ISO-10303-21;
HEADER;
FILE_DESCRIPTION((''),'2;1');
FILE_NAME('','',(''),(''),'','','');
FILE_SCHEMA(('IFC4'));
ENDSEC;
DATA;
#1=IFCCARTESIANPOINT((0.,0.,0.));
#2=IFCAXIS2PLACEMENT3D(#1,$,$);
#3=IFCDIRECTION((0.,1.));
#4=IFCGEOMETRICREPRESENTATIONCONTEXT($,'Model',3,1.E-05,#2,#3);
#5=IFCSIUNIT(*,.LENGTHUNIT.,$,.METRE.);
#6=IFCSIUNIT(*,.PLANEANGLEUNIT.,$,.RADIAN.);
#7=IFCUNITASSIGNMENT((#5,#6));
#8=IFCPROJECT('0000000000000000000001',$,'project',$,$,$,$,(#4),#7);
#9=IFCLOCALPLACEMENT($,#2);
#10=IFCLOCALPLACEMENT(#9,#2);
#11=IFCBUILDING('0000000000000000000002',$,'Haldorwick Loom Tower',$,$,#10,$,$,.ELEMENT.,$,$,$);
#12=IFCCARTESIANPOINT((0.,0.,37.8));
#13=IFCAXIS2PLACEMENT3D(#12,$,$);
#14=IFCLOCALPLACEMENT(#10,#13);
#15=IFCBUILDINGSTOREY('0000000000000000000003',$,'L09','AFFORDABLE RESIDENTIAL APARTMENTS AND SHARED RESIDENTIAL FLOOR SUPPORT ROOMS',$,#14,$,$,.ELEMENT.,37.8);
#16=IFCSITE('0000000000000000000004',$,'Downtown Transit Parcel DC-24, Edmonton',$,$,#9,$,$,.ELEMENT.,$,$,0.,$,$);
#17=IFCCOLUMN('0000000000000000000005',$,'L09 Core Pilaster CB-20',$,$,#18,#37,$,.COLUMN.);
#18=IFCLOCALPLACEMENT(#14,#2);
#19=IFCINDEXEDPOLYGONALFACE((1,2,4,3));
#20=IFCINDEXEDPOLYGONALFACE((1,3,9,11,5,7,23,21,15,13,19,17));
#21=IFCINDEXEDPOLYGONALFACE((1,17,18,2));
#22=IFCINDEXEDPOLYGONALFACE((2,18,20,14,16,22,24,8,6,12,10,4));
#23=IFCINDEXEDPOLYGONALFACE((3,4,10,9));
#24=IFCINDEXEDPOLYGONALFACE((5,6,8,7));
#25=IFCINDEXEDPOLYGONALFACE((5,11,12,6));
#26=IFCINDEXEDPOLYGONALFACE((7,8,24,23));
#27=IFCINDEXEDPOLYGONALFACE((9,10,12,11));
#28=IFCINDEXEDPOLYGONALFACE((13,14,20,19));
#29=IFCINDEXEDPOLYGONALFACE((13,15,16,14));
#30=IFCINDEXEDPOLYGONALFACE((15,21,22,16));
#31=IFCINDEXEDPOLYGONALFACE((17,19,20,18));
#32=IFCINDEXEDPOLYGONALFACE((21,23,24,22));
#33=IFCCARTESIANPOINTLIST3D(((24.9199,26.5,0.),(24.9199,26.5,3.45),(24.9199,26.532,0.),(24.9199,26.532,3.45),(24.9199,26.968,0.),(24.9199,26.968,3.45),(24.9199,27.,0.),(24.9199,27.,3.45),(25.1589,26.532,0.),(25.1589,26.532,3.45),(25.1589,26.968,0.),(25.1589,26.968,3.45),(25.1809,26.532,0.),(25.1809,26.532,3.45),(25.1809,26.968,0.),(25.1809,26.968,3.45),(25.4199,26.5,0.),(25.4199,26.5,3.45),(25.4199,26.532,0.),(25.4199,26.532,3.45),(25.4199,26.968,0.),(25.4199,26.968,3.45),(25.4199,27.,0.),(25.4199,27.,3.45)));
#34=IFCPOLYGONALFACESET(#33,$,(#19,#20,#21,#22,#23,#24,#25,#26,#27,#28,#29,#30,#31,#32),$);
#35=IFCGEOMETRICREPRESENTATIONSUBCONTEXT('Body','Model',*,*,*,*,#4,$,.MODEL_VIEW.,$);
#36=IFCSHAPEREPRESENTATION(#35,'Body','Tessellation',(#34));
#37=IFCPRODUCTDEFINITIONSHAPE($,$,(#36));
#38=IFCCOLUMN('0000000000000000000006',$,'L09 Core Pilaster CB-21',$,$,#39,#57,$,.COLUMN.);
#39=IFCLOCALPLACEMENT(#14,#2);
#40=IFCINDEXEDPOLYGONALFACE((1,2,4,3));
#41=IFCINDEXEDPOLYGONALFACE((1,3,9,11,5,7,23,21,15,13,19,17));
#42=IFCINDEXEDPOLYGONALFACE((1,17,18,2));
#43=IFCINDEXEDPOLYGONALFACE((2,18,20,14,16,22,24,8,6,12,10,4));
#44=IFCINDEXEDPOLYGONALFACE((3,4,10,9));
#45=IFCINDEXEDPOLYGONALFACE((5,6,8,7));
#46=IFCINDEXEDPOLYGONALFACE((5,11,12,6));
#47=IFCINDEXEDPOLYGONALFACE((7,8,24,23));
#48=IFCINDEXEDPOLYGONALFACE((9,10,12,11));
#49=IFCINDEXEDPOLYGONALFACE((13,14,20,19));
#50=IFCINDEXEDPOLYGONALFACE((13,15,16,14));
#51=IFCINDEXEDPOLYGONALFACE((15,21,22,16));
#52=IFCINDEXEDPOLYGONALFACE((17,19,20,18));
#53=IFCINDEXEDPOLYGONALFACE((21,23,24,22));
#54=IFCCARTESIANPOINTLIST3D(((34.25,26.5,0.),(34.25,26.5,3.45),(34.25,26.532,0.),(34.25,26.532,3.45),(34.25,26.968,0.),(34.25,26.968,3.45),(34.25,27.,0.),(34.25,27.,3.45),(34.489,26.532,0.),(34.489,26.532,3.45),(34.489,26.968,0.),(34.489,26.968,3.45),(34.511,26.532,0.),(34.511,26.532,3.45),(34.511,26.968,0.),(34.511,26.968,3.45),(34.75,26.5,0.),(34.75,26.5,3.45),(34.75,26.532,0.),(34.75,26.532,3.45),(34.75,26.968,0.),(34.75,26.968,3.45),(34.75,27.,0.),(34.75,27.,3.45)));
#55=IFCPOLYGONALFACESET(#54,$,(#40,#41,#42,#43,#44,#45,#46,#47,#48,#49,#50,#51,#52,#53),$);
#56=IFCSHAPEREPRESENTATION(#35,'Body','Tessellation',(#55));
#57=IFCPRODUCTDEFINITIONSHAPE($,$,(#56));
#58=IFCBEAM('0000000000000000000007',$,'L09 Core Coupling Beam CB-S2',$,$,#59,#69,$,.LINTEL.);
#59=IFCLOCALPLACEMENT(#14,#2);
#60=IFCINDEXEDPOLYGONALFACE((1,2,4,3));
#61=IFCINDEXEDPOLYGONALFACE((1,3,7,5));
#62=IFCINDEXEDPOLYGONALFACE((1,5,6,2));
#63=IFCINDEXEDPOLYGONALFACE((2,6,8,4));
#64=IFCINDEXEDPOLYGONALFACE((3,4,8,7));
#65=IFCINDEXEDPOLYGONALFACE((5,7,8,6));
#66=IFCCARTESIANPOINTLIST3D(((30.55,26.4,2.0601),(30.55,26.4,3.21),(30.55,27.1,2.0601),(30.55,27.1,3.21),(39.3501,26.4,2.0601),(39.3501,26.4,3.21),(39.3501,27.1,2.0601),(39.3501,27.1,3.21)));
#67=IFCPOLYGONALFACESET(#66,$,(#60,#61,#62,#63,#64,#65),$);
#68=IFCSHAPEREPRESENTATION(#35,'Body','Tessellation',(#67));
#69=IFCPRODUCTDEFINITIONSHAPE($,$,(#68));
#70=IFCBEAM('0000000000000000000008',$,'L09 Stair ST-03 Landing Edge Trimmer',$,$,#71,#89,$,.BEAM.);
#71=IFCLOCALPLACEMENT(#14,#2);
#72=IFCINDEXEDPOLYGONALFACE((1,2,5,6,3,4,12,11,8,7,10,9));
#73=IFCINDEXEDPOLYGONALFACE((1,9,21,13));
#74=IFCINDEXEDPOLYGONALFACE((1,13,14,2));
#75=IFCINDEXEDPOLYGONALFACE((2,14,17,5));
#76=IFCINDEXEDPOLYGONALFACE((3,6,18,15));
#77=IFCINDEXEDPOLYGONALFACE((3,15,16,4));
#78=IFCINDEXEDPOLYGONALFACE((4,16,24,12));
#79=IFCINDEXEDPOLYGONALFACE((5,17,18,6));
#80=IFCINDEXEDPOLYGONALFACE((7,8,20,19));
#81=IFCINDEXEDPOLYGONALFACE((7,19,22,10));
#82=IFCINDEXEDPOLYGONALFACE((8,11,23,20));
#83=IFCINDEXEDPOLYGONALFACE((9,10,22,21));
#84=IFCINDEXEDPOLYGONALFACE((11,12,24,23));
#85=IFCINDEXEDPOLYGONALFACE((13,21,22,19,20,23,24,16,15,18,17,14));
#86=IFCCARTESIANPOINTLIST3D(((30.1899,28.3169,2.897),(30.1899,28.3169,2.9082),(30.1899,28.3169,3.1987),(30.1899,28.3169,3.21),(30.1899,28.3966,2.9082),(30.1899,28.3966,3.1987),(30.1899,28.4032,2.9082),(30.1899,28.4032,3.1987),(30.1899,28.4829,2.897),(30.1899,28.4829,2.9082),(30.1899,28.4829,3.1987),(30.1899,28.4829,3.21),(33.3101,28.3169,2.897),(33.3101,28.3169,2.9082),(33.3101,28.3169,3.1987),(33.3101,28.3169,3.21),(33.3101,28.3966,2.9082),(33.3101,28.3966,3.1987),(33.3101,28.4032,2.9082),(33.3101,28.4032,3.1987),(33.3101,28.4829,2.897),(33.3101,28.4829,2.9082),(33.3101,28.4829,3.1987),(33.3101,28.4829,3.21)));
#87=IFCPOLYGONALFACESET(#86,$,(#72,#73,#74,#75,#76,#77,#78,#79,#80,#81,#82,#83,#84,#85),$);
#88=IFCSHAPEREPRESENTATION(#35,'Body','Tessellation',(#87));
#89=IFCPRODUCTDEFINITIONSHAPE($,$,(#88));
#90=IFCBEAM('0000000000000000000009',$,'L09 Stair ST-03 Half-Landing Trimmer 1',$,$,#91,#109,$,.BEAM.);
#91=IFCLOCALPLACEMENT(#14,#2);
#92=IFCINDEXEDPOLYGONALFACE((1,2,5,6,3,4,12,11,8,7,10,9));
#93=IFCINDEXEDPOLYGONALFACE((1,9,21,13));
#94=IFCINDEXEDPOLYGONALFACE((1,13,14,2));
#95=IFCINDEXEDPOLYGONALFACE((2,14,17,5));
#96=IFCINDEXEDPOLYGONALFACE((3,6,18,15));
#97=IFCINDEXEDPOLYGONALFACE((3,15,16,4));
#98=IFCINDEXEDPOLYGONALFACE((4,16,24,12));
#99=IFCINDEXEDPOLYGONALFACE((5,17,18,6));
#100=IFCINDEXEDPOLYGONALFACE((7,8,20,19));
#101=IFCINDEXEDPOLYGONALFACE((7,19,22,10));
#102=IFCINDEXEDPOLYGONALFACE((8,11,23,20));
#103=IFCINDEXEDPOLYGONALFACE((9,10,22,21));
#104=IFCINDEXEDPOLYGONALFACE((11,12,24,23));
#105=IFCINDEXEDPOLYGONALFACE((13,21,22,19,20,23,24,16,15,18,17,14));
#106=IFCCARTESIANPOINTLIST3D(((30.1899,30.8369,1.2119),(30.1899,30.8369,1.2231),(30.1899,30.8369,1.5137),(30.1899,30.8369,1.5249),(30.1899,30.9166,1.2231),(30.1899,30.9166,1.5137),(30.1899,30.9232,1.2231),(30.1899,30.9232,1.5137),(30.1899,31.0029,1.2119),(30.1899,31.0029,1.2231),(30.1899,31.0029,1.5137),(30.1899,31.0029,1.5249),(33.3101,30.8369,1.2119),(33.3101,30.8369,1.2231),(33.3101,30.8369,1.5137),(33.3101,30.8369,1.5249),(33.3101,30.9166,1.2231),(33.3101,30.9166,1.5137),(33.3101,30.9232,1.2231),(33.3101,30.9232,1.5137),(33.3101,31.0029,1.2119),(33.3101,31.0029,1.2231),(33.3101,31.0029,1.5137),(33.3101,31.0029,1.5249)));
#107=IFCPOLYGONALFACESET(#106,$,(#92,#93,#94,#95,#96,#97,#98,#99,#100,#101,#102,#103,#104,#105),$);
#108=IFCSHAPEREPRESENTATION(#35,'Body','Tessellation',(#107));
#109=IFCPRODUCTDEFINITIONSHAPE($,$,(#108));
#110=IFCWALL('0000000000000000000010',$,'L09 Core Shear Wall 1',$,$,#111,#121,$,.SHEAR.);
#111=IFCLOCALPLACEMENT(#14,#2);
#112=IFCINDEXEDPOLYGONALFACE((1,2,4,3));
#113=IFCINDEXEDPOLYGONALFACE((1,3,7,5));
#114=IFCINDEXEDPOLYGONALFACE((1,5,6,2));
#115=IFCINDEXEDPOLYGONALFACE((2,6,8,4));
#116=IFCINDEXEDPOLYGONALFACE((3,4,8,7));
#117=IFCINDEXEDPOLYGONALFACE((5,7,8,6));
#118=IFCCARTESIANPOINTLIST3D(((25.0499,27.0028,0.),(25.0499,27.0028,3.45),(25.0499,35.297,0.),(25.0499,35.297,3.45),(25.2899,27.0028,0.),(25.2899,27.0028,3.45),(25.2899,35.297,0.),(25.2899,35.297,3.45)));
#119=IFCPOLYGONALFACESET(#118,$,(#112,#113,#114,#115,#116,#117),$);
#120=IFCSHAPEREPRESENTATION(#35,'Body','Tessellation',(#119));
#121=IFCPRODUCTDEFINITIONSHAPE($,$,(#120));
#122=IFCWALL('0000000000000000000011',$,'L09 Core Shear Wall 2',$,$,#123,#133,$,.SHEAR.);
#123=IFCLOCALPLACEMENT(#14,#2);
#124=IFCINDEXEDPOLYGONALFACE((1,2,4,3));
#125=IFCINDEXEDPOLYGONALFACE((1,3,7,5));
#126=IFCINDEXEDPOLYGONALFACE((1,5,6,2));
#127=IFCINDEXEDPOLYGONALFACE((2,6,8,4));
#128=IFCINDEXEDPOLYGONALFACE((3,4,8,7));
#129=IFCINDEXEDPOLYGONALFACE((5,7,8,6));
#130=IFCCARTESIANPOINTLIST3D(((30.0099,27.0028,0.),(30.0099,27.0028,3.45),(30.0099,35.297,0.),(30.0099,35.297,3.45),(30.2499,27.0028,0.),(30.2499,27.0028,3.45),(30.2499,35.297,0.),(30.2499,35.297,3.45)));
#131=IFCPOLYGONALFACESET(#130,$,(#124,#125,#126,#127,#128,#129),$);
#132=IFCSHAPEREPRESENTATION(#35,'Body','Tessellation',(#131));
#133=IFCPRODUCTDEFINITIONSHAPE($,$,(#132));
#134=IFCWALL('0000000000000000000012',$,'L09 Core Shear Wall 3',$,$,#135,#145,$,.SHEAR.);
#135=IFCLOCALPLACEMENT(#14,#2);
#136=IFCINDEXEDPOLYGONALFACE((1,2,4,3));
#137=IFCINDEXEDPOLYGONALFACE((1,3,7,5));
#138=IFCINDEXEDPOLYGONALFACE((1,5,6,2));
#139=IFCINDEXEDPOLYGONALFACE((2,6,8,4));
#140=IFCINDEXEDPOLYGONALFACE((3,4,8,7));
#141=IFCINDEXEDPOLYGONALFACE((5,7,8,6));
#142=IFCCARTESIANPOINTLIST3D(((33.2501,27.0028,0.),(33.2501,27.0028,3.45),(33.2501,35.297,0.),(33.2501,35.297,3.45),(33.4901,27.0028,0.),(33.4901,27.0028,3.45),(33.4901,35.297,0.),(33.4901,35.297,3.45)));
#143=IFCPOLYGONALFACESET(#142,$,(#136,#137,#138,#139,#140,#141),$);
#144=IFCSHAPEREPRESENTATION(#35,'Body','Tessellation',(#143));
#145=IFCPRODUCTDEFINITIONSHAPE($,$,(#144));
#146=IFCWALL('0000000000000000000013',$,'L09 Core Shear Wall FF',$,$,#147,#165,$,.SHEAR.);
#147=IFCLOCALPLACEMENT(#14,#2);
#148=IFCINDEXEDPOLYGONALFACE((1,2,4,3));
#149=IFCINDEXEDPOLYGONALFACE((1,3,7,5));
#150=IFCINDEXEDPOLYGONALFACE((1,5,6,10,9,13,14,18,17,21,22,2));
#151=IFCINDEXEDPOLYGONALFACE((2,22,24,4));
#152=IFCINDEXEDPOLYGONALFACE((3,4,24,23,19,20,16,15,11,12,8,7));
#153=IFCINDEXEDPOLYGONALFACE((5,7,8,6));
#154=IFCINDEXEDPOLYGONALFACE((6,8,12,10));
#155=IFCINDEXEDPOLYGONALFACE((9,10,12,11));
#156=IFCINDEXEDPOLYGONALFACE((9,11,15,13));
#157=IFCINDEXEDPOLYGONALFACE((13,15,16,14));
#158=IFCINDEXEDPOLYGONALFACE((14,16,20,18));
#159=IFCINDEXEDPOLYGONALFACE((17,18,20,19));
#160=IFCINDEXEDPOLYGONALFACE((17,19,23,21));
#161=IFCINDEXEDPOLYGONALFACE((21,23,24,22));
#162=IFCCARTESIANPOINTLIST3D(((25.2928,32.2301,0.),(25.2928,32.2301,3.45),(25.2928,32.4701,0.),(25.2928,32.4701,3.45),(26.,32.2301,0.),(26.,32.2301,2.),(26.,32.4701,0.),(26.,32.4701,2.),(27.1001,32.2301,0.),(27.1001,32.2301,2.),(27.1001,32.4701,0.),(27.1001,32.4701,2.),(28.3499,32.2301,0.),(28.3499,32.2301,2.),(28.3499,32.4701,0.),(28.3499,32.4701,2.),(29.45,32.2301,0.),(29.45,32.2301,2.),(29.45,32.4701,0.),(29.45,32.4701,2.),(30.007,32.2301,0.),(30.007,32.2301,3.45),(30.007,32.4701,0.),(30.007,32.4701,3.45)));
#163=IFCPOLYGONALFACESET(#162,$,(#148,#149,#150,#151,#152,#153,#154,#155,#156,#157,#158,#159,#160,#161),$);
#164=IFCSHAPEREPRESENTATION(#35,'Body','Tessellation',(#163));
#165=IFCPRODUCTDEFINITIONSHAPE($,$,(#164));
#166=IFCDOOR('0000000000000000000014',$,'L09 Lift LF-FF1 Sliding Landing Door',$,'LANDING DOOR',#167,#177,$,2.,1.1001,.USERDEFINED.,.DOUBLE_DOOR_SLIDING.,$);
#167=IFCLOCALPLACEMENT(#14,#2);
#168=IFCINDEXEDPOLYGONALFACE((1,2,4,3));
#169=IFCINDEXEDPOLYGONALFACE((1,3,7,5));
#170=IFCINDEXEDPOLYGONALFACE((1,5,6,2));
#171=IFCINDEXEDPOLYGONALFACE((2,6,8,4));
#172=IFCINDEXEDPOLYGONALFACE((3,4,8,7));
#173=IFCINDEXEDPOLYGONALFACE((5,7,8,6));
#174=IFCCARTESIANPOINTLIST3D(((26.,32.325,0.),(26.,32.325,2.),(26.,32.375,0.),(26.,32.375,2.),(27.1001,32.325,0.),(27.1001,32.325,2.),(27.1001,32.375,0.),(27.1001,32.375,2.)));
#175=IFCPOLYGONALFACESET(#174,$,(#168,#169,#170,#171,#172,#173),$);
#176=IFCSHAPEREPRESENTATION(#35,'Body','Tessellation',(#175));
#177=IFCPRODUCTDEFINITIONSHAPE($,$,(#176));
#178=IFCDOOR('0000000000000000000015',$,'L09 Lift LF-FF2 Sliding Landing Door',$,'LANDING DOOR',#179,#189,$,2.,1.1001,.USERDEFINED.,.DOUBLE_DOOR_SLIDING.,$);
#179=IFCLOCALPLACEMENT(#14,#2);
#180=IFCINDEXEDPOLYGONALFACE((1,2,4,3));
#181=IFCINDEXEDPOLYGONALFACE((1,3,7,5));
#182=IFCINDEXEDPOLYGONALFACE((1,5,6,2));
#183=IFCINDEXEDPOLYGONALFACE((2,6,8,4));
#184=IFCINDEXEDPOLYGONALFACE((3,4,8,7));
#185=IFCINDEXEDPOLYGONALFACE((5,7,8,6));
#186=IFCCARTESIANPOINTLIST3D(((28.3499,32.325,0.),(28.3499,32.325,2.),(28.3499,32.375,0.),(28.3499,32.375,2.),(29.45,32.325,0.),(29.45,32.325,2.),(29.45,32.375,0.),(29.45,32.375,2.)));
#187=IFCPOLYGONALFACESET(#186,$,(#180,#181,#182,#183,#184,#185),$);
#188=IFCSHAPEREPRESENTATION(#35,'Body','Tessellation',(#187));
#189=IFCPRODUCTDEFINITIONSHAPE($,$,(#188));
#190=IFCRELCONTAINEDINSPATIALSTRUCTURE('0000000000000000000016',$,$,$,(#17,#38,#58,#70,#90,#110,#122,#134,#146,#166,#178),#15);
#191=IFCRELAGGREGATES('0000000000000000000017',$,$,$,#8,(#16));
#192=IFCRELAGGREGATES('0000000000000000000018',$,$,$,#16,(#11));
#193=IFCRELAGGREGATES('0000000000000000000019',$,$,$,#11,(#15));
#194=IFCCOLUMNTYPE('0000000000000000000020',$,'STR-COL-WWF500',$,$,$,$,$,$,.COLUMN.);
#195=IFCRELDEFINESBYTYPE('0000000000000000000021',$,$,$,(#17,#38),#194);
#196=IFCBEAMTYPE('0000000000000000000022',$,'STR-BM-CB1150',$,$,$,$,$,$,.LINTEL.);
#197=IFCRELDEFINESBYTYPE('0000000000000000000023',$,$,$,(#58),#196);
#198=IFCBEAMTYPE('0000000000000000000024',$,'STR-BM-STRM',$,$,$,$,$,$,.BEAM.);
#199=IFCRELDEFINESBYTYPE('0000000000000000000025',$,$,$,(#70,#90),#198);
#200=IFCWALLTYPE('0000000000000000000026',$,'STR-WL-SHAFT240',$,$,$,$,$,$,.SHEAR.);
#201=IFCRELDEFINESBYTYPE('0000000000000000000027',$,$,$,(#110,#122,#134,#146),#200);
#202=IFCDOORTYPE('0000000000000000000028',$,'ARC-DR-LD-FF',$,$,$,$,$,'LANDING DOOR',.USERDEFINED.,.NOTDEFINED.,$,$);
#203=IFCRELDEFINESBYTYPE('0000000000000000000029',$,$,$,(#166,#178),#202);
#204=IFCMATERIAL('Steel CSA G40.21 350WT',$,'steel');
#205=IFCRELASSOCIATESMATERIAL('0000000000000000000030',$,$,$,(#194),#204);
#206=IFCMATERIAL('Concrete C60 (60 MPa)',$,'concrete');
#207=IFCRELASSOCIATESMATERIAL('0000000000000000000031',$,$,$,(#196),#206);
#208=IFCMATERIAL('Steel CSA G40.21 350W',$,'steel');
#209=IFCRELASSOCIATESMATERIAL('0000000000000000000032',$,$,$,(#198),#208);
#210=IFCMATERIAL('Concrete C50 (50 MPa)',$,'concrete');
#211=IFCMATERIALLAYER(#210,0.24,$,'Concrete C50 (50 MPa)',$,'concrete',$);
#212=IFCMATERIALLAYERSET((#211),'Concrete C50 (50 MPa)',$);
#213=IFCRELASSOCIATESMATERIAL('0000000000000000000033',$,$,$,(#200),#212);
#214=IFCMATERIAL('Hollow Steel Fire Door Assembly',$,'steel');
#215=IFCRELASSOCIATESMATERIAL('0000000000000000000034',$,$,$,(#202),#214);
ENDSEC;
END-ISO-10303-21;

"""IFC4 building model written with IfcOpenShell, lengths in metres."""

from ifc_helpers import new_model, si_unit, direction, frame, frame_2d, origin, origin_2d, place, context, subcontext, project, spatial, rectangle, i_section, extrude, material, layer, layer_set, material_profile, profile_set, type_object, element, fill, save


model = new_model("IFC4")

# Units and contexts
model_context = context("Model", 3, precision=1e-05, world=origin(), true_north=direction((0.0, 1.0)))
body_context = subcontext(model_context, "Body", "Model", "MODEL_VIEW")
ifc_project = project(units=[si_unit("LENGTHUNIT", "METRE"), si_unit("PLANEANGLEUNIT", "RADIAN")], contexts=[model_context])

# Site, building, storey
site_placement = place(None, origin())
site = spatial("IfcSite", under=ifc_project, at=site_placement, Name="Downtown Transit Parcel DC-24, Edmonton", CompositionType="ELEMENT", RefElevation=0.0)
building_placement = place(site_placement, origin())
building = spatial("IfcBuilding", under=site, at=building_placement, Name="Haldorwick Loom Tower", CompositionType="ELEMENT")
storey_placement = place(building_placement, frame((0.0, 0.0, 37.8)))
storey = spatial("IfcBuildingStorey", under=building, at=storey_placement, Name="L09", Description="AFFORDABLE RESIDENTIAL APARTMENTS AND SHARED RESIDENTIAL FLOOR SUPPORT ROOMS", CompositionType="ELEMENT", Elevation=37.8)

# Columns
ifc_material_1 = material(Name="Steel CSA G40.21 350WT", Category="steel")
ifc_material_profile_1 = material_profile(ifc_material_1, i_section(OverallWidth=0.5, OverallDepth=0.5, WebThickness=0.022, FlangeThickness=0.032, at=origin_2d()), Name="WWF500X500", Category="steel")
ifc_profile_set_1 = profile_set([ifc_material_profile_1], Name="Steel CSA G40.21 350WT")
column_type = type_object("IfcColumnType", Name="STR-COL-WWF500", PredefinedType="COLUMN", material=ifc_profile_set_1)
for number, where, z_axis, x_axis, name in (
    (1, (25.1699, 26.75, 0.0), (0.0, 0.0, 1.0), (1.0, 0.0, 0.0), "L09 Core Pilaster CB-20"),
    (2, (34.5, 26.75, 0.0), (0.0, 0.0, 1.0), (1.0, 0.0, 0.0), "L09 Core Pilaster CB-21"),
):
    element("IfcColumn", number, at=place(storey_placement, frame(where, z_axis=z_axis, x_axis=x_axis)), inside=storey, type_object=column_type, Name=name, PredefinedType="COLUMN", context=body_context, shape_type="SweptSolid", body=[
        extrude(i_section(OverallWidth=0.5, OverallDepth=0.5, WebThickness=0.022, FlangeThickness=0.032, at=origin_2d()), origin(), (0.0, 0.0, 1.0), 3.45),
    ])

# Beams
ifc_material_2 = material(Name="Concrete C60 (60 MPa)", Category="concrete")
ifc_material_profile_2 = material_profile(ifc_material_2, rectangle(XDim=0.7, YDim=1.1499, at=origin_2d()), Name="RC700X1150", Category="concrete")
ifc_profile_set_2 = profile_set([ifc_material_profile_2], Name="Concrete C60 (60 MPa)")
beam_type_1 = type_object("IfcBeamType", Name="STR-BM-CB1150", PredefinedType="LINTEL", material=ifc_profile_set_2)
beam_placement = place(storey_placement, frame((30.55, 26.75, 2.635), z_axis=(1.0, 0.0, 0.0), x_axis=(0.0, 1.0, 0.0)))
element("IfcBeam", 3, at=beam_placement, inside=storey, type_object=beam_type_1, Name="L09 Core Coupling Beam CB-S2", PredefinedType="LINTEL", context=body_context, shape_type="SweptSolid", body=[
    extrude(rectangle(XDim=0.7, YDim=1.1499, at=origin_2d()), origin(), (0.0, 0.0, 1.0), 8.8),
])
ifc_material_3 = material(Name="Steel CSA G40.21 350W", Category="steel")
ifc_material_profile_3 = material_profile(ifc_material_3, i_section(OverallWidth=0.166, OverallDepth=0.313, WebThickness=0.0066, FlangeThickness=0.0112, at=origin_2d()), Name="W310X45", Category="steel")
ifc_profile_set_3 = profile_set([ifc_material_profile_3], Name="Steel CSA G40.21 350W")
beam_type_2 = type_object("IfcBeamType", Name="STR-BM-STRM", PredefinedType="BEAM", material=ifc_profile_set_3)
for number, where, z_axis, x_axis, name in (
    (4, (30.1899, 28.3999, 3.0535), (1.0, 0.0, 0.0), (0.0, 1.0, 0.0), "L09 Stair ST-03 Landing Edge Trimmer"),
    (5, (30.1899, 30.9199, 1.3684), (1.0, 0.0, 0.0), (0.0, 1.0, 0.0), "L09 Stair ST-03 Half-Landing Trimmer 1"),
):
    element("IfcBeam", number, at=place(storey_placement, frame(where, z_axis=z_axis, x_axis=x_axis)), inside=storey, type_object=beam_type_2, Name=name, PredefinedType="BEAM", context=body_context, shape_type="SweptSolid", body=[
        extrude(i_section(OverallWidth=0.166, OverallDepth=0.313, WebThickness=0.0066, FlangeThickness=0.0112, at=origin_2d()), origin(), (0.0, 0.0, 1.0), 3.1201),
    ])

# Walls
ifc_material_4 = material(Name="Concrete C50 (50 MPa)", Category="concrete")
ifc_layer = layer(ifc_material_4, 0.24, Name="Concrete C50 (50 MPa)", Category="concrete")
ifc_layer_set = layer_set([ifc_layer], Name="Concrete C50 (50 MPa)")
wall_type = type_object("IfcWallType", Name="STR-WL-SHAFT240", PredefinedType="SHEAR", material=ifc_layer_set)
for number, where, z_axis, x_axis, name in (
    (6, (25.1699, 27.0029, 0.0), (0.0, 0.0, 1.0), (0.0, 1.0, 0.0), "L09 Core Shear Wall 1"),
    (7, (30.1299, 27.0029, 0.0), (0.0, 0.0, 1.0), (0.0, 1.0, 0.0), "L09 Core Shear Wall 2"),
    (8, (33.3701, 27.0029, 0.0), (0.0, 0.0, 1.0), (0.0, 1.0, 0.0), "L09 Core Shear Wall 3"),
):
    element("IfcWall", number, at=place(storey_placement, frame(where, z_axis=z_axis, x_axis=x_axis)), inside=storey, type_object=wall_type, Name=name, PredefinedType="SHEAR", context=body_context, shape_type="SweptSolid", body=[
        extrude(rectangle(XDim=8.2942, YDim=0.24, at=frame_2d((4.147, 0.0))), origin(), (0.0, 0.0, 1.0), 3.45),
    ])

# Wall, openings, doors
wall_1_placement = place(storey_placement, frame((25.293, 32.3501, 0.0), z_axis=(0.0, 0.0, 1.0), x_axis=(1.0, 0.0, 0.0)))
wall_1 = element("IfcWall", 9, at=wall_1_placement, inside=storey, type_object=wall_type, Name="L09 Core Shear Wall FF", PredefinedType="SHEAR", context=body_context, shape_type="SweptSolid", body=[
    extrude(rectangle(XDim=4.7141, YDim=0.24, at=frame_2d((2.3569, 0.0))), origin(), (0.0, 0.0, 1.0), 3.45),
])
opening_1_placement = place(wall_1_placement, frame((0.707, 0.0, 0.0)))
opening_1 = element("IfcOpeningElement", 10, at=opening_1_placement, cuts=wall_1, PredefinedType="OPENING", context=body_context, shape_type="SweptSolid", body=[
    extrude(rectangle(XDim=1.1001, YDim=2.0, at=frame_2d((0.55, 1.0))), frame((0.0, 0.1299, 0.0), z_axis=(0.0, -1.0, 0.0), x_axis=(1.0, 0.0, 0.0)), (0.0, 0.0, 1.0), 0.26),
])
opening_2_placement = place(wall_1_placement, frame((3.0569, 0.0, 0.0)))
opening_2 = element("IfcOpeningElement", 11, at=opening_2_placement, cuts=wall_1, PredefinedType="OPENING", context=body_context, shape_type="SweptSolid", body=[
    extrude(rectangle(XDim=1.1001, YDim=2.0, at=frame_2d((0.55, 1.0))), frame((0.0, 0.1299, 0.0), z_axis=(0.0, -1.0, 0.0), x_axis=(1.0, 0.0, 0.0)), (0.0, 0.0, 1.0), 0.26),
])
ifc_material_5 = material(Name="Hollow Steel Fire Door Assembly", Category="steel")
door_type_1 = type_object("IfcDoorType", Name="ARC-DR-LD-FF", ElementType="LANDING DOOR", OperationType="NOTDEFINED", PredefinedType="USERDEFINED", material=ifc_material_5)
door_1_placement = place(opening_1_placement, origin())
door_1 = element("IfcDoor", 12, at=door_1_placement, inside=storey, type_object=door_type_1, Name="L09 Lift LF-FF1 Sliding Landing Door", ObjectType="LANDING DOOR", OperationType="DOUBLE_DOOR_SLIDING", OverallHeight=2.0, OverallWidth=1.1001, PredefinedType="USERDEFINED", context=body_context, shape_type="SweptSolid", body=[
    extrude(rectangle(XDim=1.1001, YDim=2.0, at=frame_2d((0.55, 1.0))), frame((0.0, 0.0249, 0.0), z_axis=(0.0, -1.0, 0.0), x_axis=(1.0, 0.0, 0.0)), (0.0, 0.0, 1.0), 0.05),
])
fill(opening_1, door_1)
door_2_placement = place(opening_2_placement, origin())
door_2 = element("IfcDoor", 13, at=door_2_placement, inside=storey, type_object=door_type_1, Name="L09 Lift LF-FF2 Sliding Landing Door", ObjectType="LANDING DOOR", OperationType="DOUBLE_DOOR_SLIDING", OverallHeight=2.0, OverallWidth=1.1001, PredefinedType="USERDEFINED", context=body_context, shape_type="SweptSolid", body=[
    extrude(rectangle(XDim=1.1001, YDim=2.0, at=frame_2d((0.55, 1.0))), frame((0.0, 0.0249, 0.0), z_axis=(0.0, -1.0, 0.0), x_axis=(1.0, 0.0, 0.0)), (0.0, 0.0, 1.0), 0.05),
])
fill(opening_2, door_2)

save(model, "model.ifc")
